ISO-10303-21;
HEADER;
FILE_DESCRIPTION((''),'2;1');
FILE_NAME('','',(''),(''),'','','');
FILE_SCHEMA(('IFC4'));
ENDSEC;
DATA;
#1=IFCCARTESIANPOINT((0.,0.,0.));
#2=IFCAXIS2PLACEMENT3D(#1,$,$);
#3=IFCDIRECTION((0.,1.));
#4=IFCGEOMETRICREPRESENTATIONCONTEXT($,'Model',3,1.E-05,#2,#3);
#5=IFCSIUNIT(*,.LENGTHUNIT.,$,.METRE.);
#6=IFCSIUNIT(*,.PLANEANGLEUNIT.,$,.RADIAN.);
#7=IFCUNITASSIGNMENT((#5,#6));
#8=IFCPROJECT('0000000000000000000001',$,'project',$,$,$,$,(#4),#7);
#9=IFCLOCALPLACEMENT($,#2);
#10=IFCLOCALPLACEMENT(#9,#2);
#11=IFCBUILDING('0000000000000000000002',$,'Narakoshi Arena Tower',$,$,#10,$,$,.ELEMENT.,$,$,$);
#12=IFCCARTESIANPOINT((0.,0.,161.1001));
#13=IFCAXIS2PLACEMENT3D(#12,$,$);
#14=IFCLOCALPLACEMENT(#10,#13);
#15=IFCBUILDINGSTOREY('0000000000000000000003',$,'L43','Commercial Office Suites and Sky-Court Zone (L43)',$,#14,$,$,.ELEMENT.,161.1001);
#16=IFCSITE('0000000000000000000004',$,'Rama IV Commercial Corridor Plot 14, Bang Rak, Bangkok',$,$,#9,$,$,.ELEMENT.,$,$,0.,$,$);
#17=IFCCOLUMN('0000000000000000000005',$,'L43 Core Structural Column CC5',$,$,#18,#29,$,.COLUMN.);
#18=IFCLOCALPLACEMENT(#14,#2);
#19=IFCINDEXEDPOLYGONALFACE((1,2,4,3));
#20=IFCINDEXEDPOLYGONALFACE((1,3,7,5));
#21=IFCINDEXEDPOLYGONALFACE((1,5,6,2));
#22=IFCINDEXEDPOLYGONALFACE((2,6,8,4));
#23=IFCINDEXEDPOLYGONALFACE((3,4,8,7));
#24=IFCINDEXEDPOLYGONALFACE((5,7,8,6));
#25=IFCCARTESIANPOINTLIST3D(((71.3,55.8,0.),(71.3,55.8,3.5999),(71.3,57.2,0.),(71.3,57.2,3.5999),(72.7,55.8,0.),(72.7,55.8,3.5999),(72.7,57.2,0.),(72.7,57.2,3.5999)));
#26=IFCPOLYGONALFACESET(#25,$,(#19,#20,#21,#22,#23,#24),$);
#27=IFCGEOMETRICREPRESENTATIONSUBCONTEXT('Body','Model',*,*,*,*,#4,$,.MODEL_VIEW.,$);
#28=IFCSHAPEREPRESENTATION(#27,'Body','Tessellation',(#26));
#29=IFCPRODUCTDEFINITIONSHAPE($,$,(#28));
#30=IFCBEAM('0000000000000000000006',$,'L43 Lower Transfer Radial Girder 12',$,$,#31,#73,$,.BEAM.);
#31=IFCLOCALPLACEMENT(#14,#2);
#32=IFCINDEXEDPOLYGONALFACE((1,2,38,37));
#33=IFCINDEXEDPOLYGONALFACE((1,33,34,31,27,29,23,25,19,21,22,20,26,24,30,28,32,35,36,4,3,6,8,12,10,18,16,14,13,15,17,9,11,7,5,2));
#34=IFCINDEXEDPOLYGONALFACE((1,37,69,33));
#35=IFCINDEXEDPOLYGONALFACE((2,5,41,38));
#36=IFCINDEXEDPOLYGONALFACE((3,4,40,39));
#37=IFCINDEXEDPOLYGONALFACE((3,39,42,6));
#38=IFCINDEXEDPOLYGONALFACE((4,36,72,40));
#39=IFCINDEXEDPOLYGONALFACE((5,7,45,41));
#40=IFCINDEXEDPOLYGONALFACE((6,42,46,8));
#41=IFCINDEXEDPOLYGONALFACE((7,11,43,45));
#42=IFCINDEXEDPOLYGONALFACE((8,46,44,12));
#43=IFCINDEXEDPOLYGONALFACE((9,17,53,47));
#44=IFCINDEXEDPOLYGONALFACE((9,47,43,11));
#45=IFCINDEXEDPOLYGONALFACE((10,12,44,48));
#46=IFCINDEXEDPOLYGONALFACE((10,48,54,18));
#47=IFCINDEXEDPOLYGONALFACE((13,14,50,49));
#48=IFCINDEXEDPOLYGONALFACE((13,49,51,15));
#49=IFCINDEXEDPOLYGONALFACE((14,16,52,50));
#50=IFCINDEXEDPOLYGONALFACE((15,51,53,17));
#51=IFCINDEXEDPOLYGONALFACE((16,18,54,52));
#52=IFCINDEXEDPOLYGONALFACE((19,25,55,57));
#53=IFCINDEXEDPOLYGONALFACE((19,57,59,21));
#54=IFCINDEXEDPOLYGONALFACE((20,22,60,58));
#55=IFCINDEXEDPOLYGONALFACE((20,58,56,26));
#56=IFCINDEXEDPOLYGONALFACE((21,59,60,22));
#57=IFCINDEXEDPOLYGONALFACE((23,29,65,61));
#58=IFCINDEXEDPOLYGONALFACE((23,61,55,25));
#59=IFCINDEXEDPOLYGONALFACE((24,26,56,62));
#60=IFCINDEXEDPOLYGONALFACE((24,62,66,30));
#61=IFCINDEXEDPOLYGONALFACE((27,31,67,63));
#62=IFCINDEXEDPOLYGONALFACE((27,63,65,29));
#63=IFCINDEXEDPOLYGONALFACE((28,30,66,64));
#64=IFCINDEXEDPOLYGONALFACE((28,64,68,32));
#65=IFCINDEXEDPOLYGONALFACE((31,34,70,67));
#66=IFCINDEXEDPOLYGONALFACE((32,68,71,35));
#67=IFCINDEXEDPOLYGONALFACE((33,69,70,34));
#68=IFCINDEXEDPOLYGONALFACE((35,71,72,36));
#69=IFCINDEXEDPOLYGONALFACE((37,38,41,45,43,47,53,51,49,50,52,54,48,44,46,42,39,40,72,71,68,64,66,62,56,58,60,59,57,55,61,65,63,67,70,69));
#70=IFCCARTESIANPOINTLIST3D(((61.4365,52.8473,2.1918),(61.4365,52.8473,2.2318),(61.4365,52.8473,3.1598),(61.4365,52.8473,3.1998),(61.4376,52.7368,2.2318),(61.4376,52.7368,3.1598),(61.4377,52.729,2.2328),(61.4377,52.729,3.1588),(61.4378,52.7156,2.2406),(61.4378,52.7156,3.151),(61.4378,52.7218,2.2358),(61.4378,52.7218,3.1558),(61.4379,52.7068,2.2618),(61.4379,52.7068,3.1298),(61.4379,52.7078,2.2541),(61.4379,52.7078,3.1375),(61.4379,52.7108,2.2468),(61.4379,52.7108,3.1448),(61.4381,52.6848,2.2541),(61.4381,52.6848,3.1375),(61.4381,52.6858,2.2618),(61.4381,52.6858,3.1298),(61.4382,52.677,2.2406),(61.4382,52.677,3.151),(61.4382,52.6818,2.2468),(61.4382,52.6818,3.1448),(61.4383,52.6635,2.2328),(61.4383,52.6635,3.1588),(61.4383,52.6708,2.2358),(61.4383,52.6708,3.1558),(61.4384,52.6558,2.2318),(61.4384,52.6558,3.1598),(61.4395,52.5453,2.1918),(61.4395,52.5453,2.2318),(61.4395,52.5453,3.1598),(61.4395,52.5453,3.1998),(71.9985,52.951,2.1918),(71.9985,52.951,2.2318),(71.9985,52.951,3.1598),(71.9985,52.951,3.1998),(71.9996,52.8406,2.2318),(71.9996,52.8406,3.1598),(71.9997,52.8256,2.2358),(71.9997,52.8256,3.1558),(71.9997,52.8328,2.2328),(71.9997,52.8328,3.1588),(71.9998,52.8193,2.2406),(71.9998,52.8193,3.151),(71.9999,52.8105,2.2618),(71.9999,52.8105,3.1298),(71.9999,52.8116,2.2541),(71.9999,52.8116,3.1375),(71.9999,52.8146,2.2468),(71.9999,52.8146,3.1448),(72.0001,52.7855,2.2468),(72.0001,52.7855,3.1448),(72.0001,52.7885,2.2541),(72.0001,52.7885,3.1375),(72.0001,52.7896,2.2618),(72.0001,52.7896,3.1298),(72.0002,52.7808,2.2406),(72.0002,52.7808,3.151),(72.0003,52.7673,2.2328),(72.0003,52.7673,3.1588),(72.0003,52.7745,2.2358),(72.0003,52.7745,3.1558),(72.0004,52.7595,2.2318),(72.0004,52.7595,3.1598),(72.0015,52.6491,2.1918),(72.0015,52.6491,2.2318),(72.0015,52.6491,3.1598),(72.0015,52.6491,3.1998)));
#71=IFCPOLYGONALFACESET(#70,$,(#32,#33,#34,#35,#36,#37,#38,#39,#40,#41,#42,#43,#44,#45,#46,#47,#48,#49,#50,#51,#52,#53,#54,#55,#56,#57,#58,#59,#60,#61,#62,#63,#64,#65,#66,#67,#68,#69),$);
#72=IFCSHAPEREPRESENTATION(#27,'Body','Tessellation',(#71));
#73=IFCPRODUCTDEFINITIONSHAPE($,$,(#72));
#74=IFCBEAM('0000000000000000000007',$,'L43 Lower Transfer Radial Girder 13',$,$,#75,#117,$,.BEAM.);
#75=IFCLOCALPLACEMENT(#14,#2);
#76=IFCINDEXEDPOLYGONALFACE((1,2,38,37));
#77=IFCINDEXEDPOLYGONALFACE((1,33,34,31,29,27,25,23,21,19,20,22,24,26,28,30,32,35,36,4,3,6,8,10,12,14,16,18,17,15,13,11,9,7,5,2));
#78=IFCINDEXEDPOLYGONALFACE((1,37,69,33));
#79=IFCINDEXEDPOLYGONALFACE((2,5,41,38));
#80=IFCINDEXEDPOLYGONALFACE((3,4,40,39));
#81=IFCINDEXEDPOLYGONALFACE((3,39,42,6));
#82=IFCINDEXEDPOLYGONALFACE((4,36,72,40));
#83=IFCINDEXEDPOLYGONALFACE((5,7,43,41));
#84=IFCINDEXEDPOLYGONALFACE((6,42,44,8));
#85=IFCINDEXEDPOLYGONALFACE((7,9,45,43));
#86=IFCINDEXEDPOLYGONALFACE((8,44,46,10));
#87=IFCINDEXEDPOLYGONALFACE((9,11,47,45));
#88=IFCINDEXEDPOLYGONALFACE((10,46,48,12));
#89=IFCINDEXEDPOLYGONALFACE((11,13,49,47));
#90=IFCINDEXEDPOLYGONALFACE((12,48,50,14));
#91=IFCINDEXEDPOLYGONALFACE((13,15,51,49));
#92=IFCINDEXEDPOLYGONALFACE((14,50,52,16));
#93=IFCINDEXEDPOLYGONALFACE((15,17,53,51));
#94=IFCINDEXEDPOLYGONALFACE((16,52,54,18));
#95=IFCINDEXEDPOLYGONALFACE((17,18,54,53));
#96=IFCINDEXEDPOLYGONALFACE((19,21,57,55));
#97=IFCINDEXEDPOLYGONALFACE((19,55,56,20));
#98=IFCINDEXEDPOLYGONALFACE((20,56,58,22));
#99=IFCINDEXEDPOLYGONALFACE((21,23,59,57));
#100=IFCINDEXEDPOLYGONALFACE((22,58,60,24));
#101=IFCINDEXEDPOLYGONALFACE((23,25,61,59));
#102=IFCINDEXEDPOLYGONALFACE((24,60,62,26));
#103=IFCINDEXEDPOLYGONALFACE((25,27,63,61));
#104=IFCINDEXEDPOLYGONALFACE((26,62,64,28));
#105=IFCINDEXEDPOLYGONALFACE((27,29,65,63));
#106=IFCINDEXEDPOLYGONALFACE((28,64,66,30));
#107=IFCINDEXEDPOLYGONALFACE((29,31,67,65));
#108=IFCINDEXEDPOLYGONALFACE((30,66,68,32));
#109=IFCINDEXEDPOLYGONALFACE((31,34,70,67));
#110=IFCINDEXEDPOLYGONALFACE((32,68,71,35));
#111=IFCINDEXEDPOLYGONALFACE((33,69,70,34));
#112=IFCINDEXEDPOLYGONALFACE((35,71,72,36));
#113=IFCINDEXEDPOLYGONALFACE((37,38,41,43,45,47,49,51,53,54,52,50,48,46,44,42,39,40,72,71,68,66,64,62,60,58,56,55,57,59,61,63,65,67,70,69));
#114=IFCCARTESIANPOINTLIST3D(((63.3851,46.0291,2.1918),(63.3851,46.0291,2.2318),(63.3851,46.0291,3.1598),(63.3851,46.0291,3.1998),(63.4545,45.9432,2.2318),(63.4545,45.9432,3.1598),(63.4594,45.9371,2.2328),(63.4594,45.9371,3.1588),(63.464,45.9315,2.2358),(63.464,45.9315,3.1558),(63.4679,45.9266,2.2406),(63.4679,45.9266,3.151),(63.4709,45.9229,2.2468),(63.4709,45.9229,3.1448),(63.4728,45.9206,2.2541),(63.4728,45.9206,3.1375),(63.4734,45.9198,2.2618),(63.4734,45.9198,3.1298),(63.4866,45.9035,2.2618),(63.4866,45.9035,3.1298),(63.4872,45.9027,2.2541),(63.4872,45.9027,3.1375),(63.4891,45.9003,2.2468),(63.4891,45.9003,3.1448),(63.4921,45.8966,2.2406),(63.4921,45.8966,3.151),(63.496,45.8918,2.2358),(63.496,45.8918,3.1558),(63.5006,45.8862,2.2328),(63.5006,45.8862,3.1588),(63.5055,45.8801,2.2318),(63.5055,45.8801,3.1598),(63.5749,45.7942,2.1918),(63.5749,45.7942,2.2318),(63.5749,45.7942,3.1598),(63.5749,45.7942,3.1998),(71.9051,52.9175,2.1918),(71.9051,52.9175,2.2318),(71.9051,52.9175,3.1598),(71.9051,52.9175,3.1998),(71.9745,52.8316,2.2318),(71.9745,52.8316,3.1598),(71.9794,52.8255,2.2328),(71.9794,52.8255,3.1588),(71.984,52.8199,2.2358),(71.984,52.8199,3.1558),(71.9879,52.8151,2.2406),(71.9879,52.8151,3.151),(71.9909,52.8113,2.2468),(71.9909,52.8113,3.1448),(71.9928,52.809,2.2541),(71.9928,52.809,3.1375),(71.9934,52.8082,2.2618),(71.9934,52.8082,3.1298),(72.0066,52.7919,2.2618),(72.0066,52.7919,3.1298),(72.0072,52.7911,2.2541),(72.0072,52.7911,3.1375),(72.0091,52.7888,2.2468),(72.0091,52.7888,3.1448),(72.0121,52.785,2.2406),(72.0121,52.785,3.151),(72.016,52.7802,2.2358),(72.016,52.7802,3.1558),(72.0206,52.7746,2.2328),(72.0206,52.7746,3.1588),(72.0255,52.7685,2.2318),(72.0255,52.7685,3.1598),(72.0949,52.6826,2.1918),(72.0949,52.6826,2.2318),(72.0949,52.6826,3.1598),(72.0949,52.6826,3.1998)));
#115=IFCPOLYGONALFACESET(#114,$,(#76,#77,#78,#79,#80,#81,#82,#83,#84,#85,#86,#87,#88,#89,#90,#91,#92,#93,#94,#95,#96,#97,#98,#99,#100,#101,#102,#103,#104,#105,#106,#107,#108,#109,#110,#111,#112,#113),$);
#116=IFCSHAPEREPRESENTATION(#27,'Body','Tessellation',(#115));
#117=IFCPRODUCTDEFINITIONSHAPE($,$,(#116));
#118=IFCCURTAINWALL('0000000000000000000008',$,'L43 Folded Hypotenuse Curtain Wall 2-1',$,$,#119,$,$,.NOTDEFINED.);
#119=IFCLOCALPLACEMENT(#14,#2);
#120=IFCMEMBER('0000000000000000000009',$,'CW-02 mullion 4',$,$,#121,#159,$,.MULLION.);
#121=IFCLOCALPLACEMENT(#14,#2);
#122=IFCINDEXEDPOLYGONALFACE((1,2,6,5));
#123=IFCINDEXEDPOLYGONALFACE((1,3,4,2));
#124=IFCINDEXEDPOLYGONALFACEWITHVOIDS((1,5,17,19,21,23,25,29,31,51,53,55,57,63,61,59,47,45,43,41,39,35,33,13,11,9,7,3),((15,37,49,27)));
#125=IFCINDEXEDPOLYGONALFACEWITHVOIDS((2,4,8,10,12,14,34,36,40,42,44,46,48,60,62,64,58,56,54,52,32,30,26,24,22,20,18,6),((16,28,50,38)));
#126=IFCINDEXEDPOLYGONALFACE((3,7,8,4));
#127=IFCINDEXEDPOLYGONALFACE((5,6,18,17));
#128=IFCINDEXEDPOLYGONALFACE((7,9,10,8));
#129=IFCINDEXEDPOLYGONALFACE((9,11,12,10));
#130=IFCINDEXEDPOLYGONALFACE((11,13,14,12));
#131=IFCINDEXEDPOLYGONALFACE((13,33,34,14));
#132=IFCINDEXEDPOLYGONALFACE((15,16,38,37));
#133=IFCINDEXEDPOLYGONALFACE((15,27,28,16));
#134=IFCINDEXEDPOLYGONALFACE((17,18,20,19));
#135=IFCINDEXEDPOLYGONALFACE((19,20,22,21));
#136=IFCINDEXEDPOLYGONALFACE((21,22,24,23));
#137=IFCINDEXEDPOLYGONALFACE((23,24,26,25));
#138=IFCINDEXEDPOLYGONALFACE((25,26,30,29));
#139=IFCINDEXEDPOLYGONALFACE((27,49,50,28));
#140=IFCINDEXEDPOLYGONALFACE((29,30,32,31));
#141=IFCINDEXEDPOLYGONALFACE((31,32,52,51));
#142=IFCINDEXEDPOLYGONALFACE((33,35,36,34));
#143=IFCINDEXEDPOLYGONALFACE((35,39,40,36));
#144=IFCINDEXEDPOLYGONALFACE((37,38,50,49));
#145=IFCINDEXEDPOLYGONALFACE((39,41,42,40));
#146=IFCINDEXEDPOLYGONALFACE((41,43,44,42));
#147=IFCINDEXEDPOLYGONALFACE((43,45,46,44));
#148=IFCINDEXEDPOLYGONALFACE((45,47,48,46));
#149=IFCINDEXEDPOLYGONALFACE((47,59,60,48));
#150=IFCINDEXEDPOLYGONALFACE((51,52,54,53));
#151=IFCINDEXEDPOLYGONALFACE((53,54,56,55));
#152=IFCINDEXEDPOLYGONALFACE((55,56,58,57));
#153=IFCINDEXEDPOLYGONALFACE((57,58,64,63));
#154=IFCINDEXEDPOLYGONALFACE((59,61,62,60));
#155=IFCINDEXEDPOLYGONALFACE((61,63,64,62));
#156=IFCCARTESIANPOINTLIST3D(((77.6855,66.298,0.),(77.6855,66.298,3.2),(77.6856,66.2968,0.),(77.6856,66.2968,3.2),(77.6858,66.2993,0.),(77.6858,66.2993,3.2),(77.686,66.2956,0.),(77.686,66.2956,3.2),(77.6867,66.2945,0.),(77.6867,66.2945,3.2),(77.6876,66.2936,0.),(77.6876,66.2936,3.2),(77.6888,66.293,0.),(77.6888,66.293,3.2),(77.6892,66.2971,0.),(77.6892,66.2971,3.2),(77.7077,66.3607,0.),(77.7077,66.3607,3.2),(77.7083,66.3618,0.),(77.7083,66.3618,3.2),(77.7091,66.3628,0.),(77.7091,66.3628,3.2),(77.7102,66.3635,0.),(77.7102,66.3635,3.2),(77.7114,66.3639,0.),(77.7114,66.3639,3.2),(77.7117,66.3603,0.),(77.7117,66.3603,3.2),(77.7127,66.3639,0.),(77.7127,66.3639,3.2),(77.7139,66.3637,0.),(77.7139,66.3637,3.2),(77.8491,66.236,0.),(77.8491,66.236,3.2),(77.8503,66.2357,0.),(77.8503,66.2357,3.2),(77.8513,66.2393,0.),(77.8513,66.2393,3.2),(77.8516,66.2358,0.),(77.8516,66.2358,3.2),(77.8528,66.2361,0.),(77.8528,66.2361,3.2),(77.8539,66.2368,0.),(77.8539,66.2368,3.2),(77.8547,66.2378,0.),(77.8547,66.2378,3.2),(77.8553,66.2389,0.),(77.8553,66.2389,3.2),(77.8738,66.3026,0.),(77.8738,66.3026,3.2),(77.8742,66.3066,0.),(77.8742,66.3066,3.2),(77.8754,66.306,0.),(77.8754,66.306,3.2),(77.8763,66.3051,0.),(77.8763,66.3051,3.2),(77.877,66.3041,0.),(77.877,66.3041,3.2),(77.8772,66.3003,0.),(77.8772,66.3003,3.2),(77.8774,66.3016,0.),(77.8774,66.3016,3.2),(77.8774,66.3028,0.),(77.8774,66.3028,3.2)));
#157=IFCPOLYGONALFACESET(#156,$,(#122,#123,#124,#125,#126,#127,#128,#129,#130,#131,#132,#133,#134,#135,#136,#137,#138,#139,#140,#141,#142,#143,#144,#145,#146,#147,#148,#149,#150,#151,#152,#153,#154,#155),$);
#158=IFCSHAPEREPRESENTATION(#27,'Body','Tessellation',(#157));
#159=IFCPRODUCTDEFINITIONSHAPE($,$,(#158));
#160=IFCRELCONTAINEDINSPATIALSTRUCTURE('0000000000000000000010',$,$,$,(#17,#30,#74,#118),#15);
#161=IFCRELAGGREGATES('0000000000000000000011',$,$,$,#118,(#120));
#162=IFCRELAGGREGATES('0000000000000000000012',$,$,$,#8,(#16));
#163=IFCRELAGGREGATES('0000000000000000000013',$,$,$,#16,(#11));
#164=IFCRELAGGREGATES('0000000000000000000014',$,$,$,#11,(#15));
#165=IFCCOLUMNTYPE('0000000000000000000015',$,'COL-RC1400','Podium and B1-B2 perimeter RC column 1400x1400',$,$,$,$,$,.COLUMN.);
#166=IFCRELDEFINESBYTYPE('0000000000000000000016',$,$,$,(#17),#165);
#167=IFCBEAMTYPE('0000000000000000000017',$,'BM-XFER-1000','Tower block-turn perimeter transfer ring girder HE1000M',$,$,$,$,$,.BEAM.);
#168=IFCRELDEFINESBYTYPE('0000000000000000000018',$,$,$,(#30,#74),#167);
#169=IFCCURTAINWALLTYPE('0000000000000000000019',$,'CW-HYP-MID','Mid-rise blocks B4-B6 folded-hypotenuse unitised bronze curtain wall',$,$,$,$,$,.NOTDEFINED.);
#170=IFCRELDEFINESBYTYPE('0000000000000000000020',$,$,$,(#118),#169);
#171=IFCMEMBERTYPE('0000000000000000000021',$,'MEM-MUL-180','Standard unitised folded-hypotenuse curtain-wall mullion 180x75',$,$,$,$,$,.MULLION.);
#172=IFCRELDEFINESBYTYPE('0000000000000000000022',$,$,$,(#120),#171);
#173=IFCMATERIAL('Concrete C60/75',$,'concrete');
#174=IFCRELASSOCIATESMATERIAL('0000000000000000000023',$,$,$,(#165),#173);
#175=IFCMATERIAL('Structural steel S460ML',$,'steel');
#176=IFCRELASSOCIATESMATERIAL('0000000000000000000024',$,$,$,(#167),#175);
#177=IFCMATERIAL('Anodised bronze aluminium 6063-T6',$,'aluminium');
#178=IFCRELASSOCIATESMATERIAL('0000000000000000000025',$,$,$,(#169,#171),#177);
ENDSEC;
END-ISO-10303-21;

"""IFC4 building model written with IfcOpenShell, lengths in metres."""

from ifc_helpers import new_model, si_unit, direction, frame, origin, origin_2d, place, context, subcontext, project, spatial, rectangle, hollow_rectangle, i_section, extrude, material, material_profile, profile_set, type_object, element, aggregate, save


model = new_model("IFC4")

# Units and contexts
model_context = context("Model", 3, precision=1e-05, world=origin(), true_north=direction((0.0, 1.0)))
body_context = subcontext(model_context, "Body", "Model", "MODEL_VIEW")
ifc_project = project(units=[si_unit("LENGTHUNIT", "METRE"), si_unit("PLANEANGLEUNIT", "RADIAN")], contexts=[model_context])

# Site, building, storey
site_placement = place(None, origin())
site = spatial("IfcSite", under=ifc_project, at=site_placement, Name="Rama IV Commercial Corridor Plot 14, Bang Rak, Bangkok", CompositionType="ELEMENT", RefElevation=0.0)
building_placement = place(site_placement, origin())
building = spatial("IfcBuilding", under=site, at=building_placement, Name="Narakoshi Arena Tower", CompositionType="ELEMENT")
storey_placement = place(building_placement, frame((0.0, 0.0, 161.1001)))
storey = spatial("IfcBuildingStorey", under=building, at=storey_placement, Name="L43", Description="Commercial Office Suites and Sky-Court Zone (L43)", CompositionType="ELEMENT", Elevation=161.1001)

# Column
ifc_material_1 = material(Name="Concrete C60/75", Category="concrete")
ifc_material_profile_1 = material_profile(ifc_material_1, rectangle(XDim=1.3999, YDim=1.3999, at=origin_2d()), Name="RC1400x1400")
ifc_profile_set_1 = profile_set([ifc_material_profile_1], Name="Concrete C60/75")
column_type = type_object("IfcColumnType", Name="COL-RC1400", Description="Podium and B1-B2 perimeter RC column 1400x1400", PredefinedType="COLUMN", material=ifc_profile_set_1)
column_placement = place(storey_placement, frame((72.0, 56.5, 0.0), z_axis=(0.0, 0.0, 1.0), x_axis=(1.0, 0.0, 0.0)))
element("IfcColumn", 1, at=column_placement, inside=storey, type_object=column_type, Name="L43 Core Structural Column CC5", PredefinedType="COLUMN", context=body_context, shape_type="SweptSolid", body=[
    extrude(rectangle(XDim=1.3999, YDim=1.3999, at=origin_2d()), origin(), (0.0, 0.0, 1.0), 3.5999),
])

# Beams
ifc_material_2 = material(Name="Structural steel S460ML", Category="steel")
ifc_material_profile_2 = material_profile(ifc_material_2, i_section(OverallWidth=0.302, OverallDepth=1.0081, WebThickness=0.021, FlangeThickness=0.04, FilletRadius=0.03, at=origin_2d()), Name="HE1000M")
ifc_profile_set_2 = profile_set([ifc_material_profile_2], Name="Structural steel S460ML")
beam_type = type_object("IfcBeamType", Name="BM-XFER-1000", Description="Tower block-turn perimeter transfer ring girder HE1000M", PredefinedType="BEAM", material=ifc_profile_set_2)
beam_1_placement = place(storey_placement, frame((72.0, 52.8, 2.6958), z_axis=(-0.999952, -0.009823, 0.0), x_axis=(0.009823, -0.999952, 0.0)))
element("IfcBeam", 2, at=beam_1_placement, inside=storey, type_object=beam_type, Name="L43 Lower Transfer Radial Girder 12", PredefinedType="BEAM", context=body_context, shape_type="SweptSolid", body=[
    extrude(i_section(OverallWidth=0.302, OverallDepth=1.0081, WebThickness=0.021, FlangeThickness=0.04, FilletRadius=0.03, at=origin_2d()), origin(), (0.0, 0.0, 1.0), 10.5625),
])
beam_2_placement = place(storey_placement, frame((72.0, 52.8, 2.6958), z_axis=(-0.777634, -0.628717, 0.0), x_axis=(0.628717, -0.777634, 0.0)))
element("IfcBeam", 3, at=beam_2_placement, inside=storey, type_object=beam_type, Name="L43 Lower Transfer Radial Girder 13", PredefinedType="BEAM", context=body_context, shape_type="SweptSolid", body=[
    extrude(i_section(OverallWidth=0.302, OverallDepth=1.0081, WebThickness=0.021, FlangeThickness=0.04, FilletRadius=0.03, at=origin_2d()), origin(), (0.0, 0.0, 1.0), 10.9563),
])

# Curtain wall, member
ifc_material_3 = material(Name="Anodised bronze aluminium 6063-T6", Category="aluminium")
curtain_wall_type = type_object("IfcCurtainWallType", Name="CW-HYP-MID", Description="Mid-rise blocks B4-B6 folded-hypotenuse unitised bronze curtain wall", PredefinedType="NOTDEFINED", material=ifc_material_3)
curtain_wall_placement = place(storey_placement, origin())
curtain_wall = element("IfcCurtainWall", 4, at=curtain_wall_placement, inside=storey, type_object=curtain_wall_type, Name="L43 Folded Hypotenuse Curtain Wall 2-1", PredefinedType="NOTDEFINED")
ifc_material_profile_3 = material_profile(ifc_material_3, hollow_rectangle(XDim=0.075, YDim=0.1799, WallThickness=0.0039, OuterFilletRadius=0.0049, at=origin_2d()), Name="MUL180x75x4")
ifc_profile_set_3 = profile_set([ifc_material_profile_3], Name="Anodised bronze aluminium 6063-T6")
member_type_1 = type_object("IfcMemberType", Name="MEM-MUL-180", Description="Standard unitised folded-hypotenuse curtain-wall mullion 180x75", PredefinedType="MULLION", material=ifc_profile_set_3)
member_1_placement = place(storey_placement, frame((77.7815, 66.2998, 0.0), z_axis=(0.0, 0.0, 1.0), x_axis=(-0.335518, -0.942034, 0.0)))
member_1 = element("IfcMember", 5, at=member_1_placement, type_object=member_type_1, Name="CW-02 mullion 4", PredefinedType="MULLION", context=body_context, shape_type="SweptSolid", body=[
    extrude(hollow_rectangle(XDim=0.075, YDim=0.1799, WallThickness=0.0039, OuterFilletRadius=0.0049, at=origin_2d()), origin(), (0.0, 0.0, 1.0), 3.2),
])
aggregate(curtain_wall, [member_1])

save(model, "model.ifc")
